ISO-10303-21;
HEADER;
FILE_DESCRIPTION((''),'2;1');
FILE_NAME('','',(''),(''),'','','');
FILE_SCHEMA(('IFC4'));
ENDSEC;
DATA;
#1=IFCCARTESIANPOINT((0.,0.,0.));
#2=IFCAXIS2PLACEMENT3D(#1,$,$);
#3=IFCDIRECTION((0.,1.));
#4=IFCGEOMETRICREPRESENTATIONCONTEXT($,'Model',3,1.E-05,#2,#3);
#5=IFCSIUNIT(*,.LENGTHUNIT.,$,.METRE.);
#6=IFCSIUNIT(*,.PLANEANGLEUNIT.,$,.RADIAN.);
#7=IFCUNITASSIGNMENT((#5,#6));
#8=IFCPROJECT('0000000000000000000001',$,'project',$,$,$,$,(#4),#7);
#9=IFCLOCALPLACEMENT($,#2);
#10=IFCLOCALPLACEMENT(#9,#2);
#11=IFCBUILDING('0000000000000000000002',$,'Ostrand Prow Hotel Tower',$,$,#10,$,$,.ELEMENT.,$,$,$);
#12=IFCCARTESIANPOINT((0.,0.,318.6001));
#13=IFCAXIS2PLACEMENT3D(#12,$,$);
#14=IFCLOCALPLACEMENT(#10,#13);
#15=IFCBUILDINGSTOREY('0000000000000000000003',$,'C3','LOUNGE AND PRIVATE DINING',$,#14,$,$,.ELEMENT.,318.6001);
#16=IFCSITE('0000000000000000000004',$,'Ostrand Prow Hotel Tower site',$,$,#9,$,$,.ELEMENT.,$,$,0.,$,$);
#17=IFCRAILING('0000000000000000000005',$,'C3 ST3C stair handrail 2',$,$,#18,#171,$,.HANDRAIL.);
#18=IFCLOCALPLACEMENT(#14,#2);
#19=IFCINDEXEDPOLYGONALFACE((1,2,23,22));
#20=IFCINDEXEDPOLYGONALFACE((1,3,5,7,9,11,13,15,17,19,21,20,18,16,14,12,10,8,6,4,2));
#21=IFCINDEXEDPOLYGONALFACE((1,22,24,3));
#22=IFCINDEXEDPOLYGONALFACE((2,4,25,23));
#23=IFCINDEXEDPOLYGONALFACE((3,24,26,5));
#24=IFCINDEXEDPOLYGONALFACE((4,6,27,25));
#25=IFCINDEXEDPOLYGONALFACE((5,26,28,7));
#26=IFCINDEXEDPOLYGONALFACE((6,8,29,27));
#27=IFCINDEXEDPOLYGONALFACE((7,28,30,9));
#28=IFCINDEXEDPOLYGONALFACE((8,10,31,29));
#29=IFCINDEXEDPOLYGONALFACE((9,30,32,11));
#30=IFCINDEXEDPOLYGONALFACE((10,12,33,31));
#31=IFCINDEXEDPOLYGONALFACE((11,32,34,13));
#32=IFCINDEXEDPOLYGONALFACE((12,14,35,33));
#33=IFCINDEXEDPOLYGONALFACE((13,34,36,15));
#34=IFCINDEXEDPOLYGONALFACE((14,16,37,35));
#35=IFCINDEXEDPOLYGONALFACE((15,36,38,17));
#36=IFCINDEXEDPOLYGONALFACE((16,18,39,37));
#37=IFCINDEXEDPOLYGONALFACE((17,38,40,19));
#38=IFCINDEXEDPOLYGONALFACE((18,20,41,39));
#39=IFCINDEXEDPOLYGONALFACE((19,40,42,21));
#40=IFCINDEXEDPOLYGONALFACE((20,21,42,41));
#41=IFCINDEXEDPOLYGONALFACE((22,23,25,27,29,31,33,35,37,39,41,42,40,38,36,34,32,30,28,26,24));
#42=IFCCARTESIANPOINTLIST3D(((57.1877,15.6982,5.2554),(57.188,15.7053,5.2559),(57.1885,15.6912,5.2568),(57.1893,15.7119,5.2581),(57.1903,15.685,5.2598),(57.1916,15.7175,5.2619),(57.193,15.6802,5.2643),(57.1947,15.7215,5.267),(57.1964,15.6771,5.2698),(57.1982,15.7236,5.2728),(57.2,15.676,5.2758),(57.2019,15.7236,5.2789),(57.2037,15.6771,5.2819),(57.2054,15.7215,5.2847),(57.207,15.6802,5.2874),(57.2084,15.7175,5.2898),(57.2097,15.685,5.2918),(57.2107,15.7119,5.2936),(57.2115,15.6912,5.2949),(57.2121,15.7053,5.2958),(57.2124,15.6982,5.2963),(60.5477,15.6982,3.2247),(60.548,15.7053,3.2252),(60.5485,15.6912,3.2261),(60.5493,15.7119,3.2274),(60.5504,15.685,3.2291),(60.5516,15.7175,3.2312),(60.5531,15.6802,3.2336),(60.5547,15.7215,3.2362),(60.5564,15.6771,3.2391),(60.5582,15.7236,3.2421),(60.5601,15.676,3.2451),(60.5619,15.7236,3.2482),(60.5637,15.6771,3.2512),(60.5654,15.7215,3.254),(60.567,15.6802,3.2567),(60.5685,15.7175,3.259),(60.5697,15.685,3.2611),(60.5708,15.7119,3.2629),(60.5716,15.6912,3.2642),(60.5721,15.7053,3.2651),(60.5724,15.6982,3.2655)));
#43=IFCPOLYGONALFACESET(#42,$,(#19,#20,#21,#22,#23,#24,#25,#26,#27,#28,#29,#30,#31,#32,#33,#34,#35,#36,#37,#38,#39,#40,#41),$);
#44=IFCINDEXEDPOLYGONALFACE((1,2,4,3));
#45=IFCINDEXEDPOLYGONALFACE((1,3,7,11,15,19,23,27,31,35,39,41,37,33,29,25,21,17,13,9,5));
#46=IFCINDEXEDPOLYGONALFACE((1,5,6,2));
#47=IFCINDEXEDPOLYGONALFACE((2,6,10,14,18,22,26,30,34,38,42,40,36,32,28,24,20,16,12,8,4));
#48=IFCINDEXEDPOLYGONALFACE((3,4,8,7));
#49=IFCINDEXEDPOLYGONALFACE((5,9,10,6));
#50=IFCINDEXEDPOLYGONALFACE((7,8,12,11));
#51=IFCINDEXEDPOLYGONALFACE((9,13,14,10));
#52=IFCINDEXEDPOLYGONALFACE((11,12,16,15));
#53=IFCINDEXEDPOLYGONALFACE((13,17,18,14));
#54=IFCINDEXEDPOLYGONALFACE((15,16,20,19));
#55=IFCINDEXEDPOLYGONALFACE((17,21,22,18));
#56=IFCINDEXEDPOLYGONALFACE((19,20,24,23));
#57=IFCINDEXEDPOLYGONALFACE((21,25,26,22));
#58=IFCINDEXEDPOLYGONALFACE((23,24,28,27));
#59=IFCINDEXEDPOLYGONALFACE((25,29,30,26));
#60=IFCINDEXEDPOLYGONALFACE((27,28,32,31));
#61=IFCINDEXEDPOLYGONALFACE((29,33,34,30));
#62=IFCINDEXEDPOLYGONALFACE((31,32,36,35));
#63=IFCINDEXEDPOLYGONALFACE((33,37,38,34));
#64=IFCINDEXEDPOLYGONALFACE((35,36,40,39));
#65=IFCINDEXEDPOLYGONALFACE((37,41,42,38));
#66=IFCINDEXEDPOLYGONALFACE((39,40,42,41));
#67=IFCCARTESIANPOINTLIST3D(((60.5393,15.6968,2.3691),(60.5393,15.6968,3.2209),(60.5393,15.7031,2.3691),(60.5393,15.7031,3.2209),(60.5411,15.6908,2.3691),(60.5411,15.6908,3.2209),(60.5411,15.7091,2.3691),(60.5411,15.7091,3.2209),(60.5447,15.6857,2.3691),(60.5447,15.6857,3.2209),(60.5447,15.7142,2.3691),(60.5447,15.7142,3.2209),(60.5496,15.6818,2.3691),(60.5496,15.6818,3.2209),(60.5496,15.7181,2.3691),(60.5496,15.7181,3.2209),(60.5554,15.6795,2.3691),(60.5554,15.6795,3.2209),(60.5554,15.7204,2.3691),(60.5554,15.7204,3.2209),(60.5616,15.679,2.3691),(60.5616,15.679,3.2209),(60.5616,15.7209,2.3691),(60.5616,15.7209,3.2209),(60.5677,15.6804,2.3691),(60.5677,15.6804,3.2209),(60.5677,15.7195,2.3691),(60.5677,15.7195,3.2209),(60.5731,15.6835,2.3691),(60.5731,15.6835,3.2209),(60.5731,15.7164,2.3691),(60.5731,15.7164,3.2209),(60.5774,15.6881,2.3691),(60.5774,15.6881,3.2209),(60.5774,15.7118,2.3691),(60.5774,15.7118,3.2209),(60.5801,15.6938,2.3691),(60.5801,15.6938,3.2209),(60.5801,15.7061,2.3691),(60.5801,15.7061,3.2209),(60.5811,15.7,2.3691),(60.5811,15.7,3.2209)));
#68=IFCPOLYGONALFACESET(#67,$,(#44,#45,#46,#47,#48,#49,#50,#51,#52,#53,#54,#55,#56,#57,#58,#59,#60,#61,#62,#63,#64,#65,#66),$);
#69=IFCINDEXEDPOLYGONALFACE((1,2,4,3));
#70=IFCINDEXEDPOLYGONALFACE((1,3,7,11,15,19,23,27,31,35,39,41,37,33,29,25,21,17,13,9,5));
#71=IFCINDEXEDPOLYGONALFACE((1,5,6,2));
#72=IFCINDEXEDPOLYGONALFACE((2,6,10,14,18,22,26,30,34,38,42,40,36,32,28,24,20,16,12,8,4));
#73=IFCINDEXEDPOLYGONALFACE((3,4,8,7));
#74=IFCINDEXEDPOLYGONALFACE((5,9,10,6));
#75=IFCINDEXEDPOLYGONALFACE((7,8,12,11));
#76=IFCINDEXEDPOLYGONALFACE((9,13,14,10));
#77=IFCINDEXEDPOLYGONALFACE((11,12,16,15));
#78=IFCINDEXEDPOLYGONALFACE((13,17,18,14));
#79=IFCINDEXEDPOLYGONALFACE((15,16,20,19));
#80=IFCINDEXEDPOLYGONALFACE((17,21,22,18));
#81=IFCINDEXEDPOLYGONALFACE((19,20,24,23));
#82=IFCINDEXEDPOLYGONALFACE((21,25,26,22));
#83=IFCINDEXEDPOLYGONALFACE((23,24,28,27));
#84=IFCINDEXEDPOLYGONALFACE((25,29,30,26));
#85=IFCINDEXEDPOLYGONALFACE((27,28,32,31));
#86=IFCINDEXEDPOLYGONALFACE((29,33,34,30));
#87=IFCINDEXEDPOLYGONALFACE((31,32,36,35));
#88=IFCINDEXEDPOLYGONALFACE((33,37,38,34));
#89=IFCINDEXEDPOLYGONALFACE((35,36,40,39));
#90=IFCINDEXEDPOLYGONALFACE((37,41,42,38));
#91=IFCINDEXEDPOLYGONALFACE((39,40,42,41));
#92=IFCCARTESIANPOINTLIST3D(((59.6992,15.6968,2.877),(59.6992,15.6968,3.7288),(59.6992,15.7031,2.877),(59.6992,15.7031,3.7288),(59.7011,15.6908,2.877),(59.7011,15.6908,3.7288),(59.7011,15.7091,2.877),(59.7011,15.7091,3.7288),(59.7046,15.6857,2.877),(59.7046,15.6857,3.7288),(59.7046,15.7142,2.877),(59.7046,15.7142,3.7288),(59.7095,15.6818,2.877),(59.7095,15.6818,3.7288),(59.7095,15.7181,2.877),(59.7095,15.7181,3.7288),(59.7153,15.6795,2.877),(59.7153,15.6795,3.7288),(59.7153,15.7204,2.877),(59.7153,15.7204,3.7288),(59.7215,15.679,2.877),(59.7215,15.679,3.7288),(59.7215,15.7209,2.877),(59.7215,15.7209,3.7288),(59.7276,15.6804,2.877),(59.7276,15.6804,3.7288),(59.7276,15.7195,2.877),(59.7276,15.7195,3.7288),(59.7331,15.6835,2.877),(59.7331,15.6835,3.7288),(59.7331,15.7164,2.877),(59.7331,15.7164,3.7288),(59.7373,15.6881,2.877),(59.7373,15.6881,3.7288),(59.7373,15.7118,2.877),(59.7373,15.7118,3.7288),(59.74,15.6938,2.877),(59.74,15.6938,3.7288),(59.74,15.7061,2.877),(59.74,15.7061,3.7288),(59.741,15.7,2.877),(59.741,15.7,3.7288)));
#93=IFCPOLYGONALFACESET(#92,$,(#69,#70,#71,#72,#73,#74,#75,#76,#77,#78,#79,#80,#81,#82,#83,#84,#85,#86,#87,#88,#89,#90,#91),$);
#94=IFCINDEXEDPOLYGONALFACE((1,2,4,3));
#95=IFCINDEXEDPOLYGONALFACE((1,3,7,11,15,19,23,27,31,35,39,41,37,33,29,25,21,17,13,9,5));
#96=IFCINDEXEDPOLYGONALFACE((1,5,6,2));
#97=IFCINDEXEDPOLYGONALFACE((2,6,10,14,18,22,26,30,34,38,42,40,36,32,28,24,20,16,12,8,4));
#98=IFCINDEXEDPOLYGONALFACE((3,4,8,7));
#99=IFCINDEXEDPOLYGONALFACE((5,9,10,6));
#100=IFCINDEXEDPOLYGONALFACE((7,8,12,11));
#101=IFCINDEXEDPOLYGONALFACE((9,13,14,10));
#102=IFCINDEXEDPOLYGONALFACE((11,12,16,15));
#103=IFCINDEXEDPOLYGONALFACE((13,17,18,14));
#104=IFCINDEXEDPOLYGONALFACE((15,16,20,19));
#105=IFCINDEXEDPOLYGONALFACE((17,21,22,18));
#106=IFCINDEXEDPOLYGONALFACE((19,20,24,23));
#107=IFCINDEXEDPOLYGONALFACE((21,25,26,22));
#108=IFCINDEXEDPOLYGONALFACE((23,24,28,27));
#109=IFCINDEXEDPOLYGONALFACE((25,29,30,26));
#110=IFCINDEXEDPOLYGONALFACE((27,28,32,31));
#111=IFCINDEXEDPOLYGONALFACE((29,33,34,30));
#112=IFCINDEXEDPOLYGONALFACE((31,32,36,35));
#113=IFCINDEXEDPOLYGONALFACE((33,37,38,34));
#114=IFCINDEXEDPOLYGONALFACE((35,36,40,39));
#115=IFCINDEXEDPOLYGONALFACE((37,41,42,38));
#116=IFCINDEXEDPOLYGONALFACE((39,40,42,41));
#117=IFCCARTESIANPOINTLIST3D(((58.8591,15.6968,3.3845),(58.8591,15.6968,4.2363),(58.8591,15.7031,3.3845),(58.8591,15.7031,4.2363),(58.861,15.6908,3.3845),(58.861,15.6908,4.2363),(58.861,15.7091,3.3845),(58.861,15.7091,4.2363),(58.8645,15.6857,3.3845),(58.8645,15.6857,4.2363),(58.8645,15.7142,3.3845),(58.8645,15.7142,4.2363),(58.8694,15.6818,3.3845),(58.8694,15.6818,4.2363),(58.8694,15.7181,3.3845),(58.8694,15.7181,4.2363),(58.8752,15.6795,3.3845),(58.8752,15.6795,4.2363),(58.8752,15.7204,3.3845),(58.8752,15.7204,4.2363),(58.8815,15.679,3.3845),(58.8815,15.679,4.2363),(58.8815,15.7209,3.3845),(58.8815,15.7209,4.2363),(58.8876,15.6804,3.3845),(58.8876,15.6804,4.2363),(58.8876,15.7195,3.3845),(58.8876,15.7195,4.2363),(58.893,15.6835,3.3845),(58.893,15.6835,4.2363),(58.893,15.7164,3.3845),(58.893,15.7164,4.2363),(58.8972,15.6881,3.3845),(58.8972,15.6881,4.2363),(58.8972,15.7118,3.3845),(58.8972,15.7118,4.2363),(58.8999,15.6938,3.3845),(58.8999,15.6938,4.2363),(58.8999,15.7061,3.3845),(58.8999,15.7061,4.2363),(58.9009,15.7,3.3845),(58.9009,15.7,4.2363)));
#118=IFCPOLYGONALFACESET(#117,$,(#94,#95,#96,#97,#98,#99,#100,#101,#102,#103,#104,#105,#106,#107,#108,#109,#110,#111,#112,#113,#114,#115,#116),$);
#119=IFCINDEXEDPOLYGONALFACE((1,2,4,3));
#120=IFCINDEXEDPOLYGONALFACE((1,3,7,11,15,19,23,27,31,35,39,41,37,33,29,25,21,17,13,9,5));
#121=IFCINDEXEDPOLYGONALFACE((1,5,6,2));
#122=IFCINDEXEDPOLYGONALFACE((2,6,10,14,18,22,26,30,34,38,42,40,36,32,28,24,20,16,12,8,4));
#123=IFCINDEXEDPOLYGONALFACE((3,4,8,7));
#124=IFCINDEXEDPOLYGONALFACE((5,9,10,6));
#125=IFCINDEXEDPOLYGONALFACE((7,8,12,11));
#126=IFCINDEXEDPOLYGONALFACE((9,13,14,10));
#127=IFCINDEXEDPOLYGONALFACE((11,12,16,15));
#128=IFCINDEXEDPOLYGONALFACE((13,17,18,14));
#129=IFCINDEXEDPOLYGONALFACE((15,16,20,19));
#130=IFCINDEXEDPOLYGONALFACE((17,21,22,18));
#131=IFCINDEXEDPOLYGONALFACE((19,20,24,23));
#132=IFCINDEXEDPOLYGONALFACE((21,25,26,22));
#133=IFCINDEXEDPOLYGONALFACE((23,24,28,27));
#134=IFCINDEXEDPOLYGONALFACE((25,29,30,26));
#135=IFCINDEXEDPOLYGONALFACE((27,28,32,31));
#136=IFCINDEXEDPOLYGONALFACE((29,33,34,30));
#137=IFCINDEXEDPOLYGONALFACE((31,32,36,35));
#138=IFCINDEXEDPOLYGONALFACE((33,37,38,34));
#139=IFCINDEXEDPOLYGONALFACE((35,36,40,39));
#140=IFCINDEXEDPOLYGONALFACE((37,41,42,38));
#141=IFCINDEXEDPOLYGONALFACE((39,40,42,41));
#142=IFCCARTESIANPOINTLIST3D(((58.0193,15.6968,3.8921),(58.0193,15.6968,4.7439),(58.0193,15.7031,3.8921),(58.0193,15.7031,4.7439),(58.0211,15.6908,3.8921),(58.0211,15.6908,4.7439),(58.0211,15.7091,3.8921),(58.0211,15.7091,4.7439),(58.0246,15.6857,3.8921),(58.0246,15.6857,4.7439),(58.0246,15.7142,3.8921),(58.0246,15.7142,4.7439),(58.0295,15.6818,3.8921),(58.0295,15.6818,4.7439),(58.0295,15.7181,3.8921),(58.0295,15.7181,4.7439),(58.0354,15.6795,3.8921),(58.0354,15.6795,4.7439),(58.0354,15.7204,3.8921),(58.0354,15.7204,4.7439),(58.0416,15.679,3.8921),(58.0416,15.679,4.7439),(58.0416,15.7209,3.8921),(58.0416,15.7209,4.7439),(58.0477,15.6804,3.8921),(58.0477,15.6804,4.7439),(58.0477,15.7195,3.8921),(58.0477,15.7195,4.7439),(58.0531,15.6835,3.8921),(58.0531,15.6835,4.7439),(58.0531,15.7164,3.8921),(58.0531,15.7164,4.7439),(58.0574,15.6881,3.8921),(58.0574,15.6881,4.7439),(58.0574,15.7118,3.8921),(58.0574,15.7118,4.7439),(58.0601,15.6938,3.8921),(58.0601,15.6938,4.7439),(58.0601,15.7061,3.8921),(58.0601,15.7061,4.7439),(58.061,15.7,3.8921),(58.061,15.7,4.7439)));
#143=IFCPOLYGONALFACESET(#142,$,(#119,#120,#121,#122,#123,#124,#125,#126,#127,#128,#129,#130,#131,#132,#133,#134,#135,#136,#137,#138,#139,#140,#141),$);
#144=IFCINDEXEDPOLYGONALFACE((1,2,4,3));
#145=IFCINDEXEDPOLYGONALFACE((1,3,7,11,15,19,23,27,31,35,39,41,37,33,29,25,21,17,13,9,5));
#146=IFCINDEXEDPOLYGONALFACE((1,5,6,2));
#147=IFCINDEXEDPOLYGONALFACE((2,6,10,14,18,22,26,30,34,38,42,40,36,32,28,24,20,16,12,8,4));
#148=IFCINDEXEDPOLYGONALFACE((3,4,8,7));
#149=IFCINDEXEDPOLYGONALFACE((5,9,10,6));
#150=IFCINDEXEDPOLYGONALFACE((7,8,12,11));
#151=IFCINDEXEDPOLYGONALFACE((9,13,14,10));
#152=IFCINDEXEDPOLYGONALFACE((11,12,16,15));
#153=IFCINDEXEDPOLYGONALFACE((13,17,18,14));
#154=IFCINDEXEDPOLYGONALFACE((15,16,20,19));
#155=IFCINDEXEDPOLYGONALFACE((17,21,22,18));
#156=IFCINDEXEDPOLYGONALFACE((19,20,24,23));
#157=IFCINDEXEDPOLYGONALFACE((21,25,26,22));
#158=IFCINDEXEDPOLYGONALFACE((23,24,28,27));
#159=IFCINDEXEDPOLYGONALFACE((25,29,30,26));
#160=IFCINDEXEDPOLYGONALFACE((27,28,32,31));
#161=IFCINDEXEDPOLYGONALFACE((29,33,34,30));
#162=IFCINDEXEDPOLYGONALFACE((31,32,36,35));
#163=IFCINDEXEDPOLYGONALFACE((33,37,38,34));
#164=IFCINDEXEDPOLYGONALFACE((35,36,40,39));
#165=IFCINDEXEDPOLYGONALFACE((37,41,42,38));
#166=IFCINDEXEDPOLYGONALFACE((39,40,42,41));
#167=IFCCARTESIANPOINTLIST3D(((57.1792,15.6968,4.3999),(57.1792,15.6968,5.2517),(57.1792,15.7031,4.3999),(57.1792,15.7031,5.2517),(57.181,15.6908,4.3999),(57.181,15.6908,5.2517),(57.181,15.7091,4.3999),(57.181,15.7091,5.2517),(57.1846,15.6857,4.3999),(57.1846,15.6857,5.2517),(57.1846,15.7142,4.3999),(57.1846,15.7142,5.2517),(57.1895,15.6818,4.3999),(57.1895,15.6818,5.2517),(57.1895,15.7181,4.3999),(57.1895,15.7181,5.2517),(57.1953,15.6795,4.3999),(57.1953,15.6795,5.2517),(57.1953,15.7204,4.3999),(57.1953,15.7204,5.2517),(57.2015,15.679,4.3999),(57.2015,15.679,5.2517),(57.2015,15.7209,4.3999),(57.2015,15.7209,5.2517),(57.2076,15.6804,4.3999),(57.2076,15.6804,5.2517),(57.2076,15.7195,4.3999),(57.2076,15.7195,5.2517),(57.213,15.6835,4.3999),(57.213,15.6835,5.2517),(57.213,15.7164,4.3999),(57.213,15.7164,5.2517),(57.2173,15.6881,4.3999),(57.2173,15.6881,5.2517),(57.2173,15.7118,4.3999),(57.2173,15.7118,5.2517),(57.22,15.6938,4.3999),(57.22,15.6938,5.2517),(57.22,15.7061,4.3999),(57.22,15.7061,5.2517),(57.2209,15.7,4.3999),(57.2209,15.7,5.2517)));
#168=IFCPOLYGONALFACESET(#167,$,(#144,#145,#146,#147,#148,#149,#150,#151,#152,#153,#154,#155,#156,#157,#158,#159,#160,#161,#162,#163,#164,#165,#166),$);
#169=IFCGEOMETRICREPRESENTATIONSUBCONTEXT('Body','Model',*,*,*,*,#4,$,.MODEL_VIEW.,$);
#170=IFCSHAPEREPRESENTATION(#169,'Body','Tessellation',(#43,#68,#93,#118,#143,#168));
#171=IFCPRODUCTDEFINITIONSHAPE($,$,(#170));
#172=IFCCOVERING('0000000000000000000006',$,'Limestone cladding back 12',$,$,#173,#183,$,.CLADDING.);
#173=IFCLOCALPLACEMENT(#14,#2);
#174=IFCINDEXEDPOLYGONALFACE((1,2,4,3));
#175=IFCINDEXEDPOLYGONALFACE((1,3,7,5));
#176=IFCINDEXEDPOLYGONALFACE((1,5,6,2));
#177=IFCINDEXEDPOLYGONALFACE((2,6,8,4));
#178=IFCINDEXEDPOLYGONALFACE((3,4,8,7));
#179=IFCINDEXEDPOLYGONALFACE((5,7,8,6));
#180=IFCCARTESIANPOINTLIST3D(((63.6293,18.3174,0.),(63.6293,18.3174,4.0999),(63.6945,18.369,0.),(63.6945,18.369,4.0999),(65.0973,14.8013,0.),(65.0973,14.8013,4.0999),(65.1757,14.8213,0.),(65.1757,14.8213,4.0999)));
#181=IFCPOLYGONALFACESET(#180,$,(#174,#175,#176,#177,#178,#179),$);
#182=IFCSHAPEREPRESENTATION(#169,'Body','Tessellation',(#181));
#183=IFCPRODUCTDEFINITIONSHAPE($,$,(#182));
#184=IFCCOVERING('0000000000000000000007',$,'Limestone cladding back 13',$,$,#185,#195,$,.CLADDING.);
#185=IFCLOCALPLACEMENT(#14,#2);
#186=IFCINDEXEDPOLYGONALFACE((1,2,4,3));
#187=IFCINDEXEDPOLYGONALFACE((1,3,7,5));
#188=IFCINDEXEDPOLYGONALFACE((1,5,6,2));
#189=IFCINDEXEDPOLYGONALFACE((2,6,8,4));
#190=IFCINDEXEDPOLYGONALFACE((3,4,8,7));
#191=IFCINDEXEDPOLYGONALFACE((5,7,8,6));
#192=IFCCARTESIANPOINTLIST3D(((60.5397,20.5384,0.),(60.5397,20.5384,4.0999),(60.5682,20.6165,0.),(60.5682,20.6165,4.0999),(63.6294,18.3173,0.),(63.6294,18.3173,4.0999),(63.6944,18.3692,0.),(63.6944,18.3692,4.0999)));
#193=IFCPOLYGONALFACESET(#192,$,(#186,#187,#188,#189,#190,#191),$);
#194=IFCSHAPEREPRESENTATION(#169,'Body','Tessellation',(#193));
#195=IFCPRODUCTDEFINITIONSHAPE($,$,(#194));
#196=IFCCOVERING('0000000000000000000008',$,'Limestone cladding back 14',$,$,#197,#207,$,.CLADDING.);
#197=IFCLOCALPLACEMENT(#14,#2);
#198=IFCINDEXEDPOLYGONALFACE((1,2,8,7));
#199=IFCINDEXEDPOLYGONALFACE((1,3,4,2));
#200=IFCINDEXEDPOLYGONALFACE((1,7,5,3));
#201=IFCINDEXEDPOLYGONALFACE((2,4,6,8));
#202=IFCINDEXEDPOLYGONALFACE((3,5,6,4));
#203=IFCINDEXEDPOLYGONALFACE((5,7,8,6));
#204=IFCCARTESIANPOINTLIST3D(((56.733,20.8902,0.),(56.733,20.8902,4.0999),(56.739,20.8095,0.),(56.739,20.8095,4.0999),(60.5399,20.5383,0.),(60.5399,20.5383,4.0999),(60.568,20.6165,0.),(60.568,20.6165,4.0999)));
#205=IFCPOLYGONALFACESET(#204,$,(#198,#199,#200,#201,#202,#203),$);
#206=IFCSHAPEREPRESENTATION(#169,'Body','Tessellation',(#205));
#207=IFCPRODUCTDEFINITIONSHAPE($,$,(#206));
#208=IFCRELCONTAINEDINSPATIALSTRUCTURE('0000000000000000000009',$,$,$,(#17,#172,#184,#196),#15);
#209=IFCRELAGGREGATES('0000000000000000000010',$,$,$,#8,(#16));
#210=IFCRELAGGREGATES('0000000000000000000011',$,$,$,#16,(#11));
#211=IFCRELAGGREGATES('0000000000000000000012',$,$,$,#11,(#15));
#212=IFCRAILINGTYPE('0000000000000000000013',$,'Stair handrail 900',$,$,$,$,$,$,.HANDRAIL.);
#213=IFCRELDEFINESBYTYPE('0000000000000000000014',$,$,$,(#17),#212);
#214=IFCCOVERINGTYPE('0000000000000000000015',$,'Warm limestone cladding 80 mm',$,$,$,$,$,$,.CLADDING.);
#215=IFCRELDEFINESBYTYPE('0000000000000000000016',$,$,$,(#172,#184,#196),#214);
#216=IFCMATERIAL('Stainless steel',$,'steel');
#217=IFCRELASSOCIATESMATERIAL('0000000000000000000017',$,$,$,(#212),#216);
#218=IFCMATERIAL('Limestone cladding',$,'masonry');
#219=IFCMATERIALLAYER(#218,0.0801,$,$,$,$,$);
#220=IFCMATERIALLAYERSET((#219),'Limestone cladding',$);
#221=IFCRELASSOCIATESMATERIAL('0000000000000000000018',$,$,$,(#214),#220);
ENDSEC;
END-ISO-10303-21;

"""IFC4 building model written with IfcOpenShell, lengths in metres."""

from ifc_helpers import new_model, si_unit, direction, frame, origin, origin_2d, place, context, subcontext, project, spatial, polyline, circle, outline, extrude, material, layer, layer_set, type_object, element, save


model = new_model("IFC4")

# Units and contexts
model_context = context("Model", 3, precision=1e-05, world=origin(), true_north=direction((0.0, 1.0)))
body_context = subcontext(model_context, "Body", "Model", "MODEL_VIEW")
ifc_project = project(units=[si_unit("LENGTHUNIT", "METRE"), si_unit("PLANEANGLEUNIT", "RADIAN")], contexts=[model_context])

# Site, building, storey
site_placement = place(None, origin())
site = spatial("IfcSite", under=ifc_project, at=site_placement, Name="Ostrand Prow Hotel Tower site", CompositionType="ELEMENT", RefElevation=0.0)
building_placement = place(site_placement, origin())
building = spatial("IfcBuilding", under=site, at=building_placement, Name="Ostrand Prow Hotel Tower", CompositionType="ELEMENT")
storey_placement = place(building_placement, frame((0.0, 0.0, 318.6001)))
storey = spatial("IfcBuildingStorey", under=building, at=storey_placement, Name="C3", Description="LOUNGE AND PRIVATE DINING", CompositionType="ELEMENT", Elevation=318.6001)

# Railing
ifc_material_1 = material(Name="Stainless steel", Category="steel")
railing_type_1 = type_object("IfcRailingType", Name="Stair handrail 900", PredefinedType="HANDRAIL", material=ifc_material_1)
railing_1_placement = place(storey_placement, frame((60.5601, 15.7, 2.3691)))
element("IfcRailing", 1, at=railing_1_placement, inside=storey, type_object=railing_type_1, Name="C3 ST3C stair handrail 2", PredefinedType="HANDRAIL", context=body_context, shape_type="SweptSolid", body=[
    extrude(circle(Radius=0.0239, at=origin_2d()), frame((0.0, 0.0, 0.876), z_axis=(-0.855837, 0.0, 0.517246), x_axis=(0.0, -1.0, 0.0)), (0.0, 0.0, 1.0), 3.926),
    extrude(circle(Radius=0.021, at=origin_2d()), origin(), (0.0, 0.0, 1.0), 0.8518),
    extrude(circle(Radius=0.021, at=origin_2d()), frame((-0.8401, 0.0, 0.5078)), (0.0, 0.0, 1.0), 0.8518),
    extrude(circle(Radius=0.021, at=origin_2d()), frame((-1.6802, 0.0, 1.0154)), (0.0, 0.0, 1.0), 0.8518),
    extrude(circle(Radius=0.021, at=origin_2d()), frame((-2.52, 0.0, 1.5229)), (0.0, 0.0, 1.0), 0.8518),
    extrude(circle(Radius=0.021, at=origin_2d()), frame((-3.3601, 0.0, 2.0308)), (0.0, 0.0, 1.0), 0.8518),
])

# Coverings
ifc_material_2 = material(Name="Limestone cladding", Category="masonry")
ifc_layer_1 = layer(ifc_material_2, 0.0801)
ifc_layer_set_1 = layer_set([ifc_layer_1], Name="Limestone cladding")
covering_type = type_object("IfcCoveringType", Name="Warm limestone cladding 80 mm", PredefinedType="CLADDING", material=ifc_layer_set_1)
covering_1_placement = place(storey_placement, frame((65.1365, 14.8113, 0.0), z_axis=(0.0, 0.0, 1.0), x_axis=(-0.385272, 0.922803, 0.0)))
element("IfcCovering", 2, at=covering_1_placement, inside=storey, type_object=covering_type, Name="Limestone cladding back 12", PredefinedType="CLADDING", context=body_context, shape_type="SweptSolid", body=[
    extrude(outline(polyline([(-0.0059, -0.04), (3.8386, -0.04), (3.8162, 0.04), (0.0059, 0.04), (-0.0059, -0.04)])), origin(), (0.0, 0.0, 1.0), 4.0999),
])
covering_2_placement = place(storey_placement, frame((63.6619, 18.3433, 0.0), z_axis=(0.0, 0.0, 1.0), x_axis=(-0.811976, 0.583691, 0.0)))
element("IfcCovering", 3, at=covering_2_placement, inside=storey, type_object=covering_type, Name="Limestone cladding back 13", PredefinedType="CLADDING", context=body_context, shape_type="SweptSolid", body=[
    extrude(outline(polyline([(-0.0112, -0.04), (3.8389, -0.04), (3.8164, 0.04), (0.0112, 0.04), (-0.0112, -0.04)])), origin(), (0.0, 0.0, 1.0), 4.0999),
])
covering_3_placement = place(storey_placement, frame((60.554, 20.5774, 0.0), z_axis=(0.0, 0.0, 1.0), x_axis=(-0.997463, 0.071184, 0.0)))
element("IfcCovering", 4, at=covering_3_placement, inside=storey, type_object=covering_type, Name="Limestone cladding back 14", PredefinedType="CLADDING", context=body_context, shape_type="SweptSolid", body=[
    extrude(outline(polyline([(-0.0112, -0.04), (3.8335, -0.04), (3.8218, 0.04), (0.0112, 0.04), (-0.0112, -0.04)])), origin(), (0.0, 0.0, 1.0), 4.0999),
])

save(model, "model.ifc")
